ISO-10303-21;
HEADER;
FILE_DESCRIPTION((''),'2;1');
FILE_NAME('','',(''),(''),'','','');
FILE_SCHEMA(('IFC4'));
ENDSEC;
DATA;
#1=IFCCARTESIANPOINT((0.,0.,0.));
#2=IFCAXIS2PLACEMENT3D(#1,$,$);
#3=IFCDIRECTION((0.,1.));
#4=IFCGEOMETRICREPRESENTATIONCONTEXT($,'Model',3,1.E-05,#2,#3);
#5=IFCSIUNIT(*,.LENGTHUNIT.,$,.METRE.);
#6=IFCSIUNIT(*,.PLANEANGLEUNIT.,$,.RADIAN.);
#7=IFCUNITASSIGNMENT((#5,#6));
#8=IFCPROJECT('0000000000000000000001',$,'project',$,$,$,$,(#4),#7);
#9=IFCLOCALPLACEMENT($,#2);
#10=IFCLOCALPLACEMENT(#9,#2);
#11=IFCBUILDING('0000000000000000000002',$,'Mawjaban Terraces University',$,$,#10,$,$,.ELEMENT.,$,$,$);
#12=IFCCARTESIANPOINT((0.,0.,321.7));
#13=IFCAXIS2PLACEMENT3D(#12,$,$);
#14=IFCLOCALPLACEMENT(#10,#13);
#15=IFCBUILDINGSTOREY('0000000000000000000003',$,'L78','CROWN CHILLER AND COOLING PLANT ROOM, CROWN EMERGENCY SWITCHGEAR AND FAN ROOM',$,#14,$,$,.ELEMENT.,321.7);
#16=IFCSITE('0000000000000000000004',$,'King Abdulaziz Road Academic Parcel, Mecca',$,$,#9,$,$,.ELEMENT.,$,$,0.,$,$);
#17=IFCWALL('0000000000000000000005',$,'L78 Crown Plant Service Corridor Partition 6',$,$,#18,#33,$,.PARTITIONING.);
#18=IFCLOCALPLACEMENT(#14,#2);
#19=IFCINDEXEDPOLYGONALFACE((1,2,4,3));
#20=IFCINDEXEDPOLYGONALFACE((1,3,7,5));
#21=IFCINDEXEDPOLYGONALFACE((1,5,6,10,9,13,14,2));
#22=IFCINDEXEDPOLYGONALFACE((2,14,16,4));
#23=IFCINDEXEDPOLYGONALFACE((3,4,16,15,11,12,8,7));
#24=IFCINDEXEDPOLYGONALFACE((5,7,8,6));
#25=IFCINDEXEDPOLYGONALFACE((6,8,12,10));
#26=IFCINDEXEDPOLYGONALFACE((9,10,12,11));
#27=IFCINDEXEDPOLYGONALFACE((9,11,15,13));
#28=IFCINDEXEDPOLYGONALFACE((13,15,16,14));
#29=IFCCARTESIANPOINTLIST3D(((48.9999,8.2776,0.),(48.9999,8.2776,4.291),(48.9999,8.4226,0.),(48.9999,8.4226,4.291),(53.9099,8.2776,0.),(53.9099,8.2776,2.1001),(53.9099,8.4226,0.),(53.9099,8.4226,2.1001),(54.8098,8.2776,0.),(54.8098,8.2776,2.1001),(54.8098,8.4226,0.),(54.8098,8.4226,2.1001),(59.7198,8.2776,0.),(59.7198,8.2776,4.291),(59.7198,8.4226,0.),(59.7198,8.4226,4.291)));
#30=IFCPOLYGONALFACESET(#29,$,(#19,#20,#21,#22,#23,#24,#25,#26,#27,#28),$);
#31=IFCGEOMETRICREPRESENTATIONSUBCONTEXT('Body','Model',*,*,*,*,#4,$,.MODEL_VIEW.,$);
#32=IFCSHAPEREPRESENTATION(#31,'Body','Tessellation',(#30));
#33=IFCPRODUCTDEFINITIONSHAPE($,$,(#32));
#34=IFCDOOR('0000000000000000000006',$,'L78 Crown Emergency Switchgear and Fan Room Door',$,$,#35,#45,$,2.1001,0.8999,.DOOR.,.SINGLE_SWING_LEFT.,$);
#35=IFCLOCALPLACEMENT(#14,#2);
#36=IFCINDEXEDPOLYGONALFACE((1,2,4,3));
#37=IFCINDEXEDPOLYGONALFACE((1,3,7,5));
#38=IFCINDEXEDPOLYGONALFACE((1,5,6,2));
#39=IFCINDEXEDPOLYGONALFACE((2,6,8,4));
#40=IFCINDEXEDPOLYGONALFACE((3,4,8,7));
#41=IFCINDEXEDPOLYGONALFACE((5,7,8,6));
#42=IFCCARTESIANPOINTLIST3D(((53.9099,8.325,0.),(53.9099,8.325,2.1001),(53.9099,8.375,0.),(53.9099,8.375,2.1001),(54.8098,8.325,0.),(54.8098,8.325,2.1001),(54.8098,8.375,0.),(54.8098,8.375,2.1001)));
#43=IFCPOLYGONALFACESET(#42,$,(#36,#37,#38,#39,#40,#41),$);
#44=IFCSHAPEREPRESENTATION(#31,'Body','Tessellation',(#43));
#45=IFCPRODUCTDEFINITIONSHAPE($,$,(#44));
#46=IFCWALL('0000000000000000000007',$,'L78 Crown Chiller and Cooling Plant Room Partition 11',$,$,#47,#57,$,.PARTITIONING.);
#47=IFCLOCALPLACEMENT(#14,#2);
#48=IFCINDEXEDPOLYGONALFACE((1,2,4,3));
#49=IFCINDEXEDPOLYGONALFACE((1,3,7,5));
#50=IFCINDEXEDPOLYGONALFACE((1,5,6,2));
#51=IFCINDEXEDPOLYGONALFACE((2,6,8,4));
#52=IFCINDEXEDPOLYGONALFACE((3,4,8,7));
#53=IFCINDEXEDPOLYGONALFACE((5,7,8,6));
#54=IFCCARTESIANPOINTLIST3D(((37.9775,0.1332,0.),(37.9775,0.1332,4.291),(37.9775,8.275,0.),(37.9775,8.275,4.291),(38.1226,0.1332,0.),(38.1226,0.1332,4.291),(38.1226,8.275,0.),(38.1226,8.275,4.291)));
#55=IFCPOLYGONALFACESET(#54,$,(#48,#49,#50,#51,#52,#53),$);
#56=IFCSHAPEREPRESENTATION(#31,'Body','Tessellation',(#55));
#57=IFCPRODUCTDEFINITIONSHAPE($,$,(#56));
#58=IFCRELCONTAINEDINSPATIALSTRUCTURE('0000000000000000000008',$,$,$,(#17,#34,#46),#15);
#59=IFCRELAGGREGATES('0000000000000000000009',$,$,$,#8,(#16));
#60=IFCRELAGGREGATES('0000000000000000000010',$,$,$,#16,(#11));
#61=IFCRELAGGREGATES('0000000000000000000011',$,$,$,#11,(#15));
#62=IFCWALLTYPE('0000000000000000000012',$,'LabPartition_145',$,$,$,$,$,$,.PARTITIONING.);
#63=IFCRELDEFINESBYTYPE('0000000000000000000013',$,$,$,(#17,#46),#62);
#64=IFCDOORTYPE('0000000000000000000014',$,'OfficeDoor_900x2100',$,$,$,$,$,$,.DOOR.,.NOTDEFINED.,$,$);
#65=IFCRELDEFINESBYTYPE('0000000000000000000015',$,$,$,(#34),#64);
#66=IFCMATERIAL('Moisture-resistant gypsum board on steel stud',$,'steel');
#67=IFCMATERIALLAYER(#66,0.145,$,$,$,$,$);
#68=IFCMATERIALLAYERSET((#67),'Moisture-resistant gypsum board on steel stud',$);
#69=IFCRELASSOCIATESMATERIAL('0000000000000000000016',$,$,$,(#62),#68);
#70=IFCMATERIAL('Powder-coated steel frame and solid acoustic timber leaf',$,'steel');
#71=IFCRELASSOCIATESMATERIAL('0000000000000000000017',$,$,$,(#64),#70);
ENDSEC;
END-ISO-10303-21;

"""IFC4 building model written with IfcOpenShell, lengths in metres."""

from ifc_helpers import new_model, si_unit, direction, frame, frame_2d, origin, place, context, subcontext, project, spatial, rectangle, extrude, material, layer, layer_set, type_object, element, fill, save


model = new_model("IFC4")

# Units and contexts
model_context = context("Model", 3, precision=1e-05, world=origin(), true_north=direction((0.0, 1.0)))
body_context = subcontext(model_context, "Body", "Model", "MODEL_VIEW")
ifc_project = project(units=[si_unit("LENGTHUNIT", "METRE"), si_unit("PLANEANGLEUNIT", "RADIAN")], contexts=[model_context])

# Site, building, storey
site_placement = place(None, origin())
site = spatial("IfcSite", under=ifc_project, at=site_placement, Name="King Abdulaziz Road Academic Parcel, Mecca", CompositionType="ELEMENT", RefElevation=0.0)
building_placement = place(site_placement, origin())
building = spatial("IfcBuilding", under=site, at=building_placement, Name="Mawjaban Terraces University", CompositionType="ELEMENT")
storey_placement = place(building_placement, frame((0.0, 0.0, 321.7)))
storey = spatial("IfcBuildingStorey", under=building, at=storey_placement, Name="L78", Description="CROWN CHILLER AND COOLING PLANT ROOM, CROWN EMERGENCY SWITCHGEAR AND FAN ROOM", CompositionType="ELEMENT", Elevation=321.7)

# Wall, opening, door
ifc_material_1 = material(Name="Moisture-resistant gypsum board on steel stud", Category="steel")
ifc_layer_1 = layer(ifc_material_1, 0.145)
ifc_layer_set_1 = layer_set([ifc_layer_1], Name="Moisture-resistant gypsum board on steel stud")
wall_type_1 = type_object("IfcWallType", Name="LabPartition_145", PredefinedType="PARTITIONING", material=ifc_layer_set_1)
ifc_material_2 = material(Name="Powder-coated steel frame and solid acoustic timber leaf", Category="steel")
door_type = type_object("IfcDoorType", Name="OfficeDoor_900x2100", OperationType="NOTDEFINED", PredefinedType="DOOR", material=ifc_material_2)
wall_1_placement = place(storey_placement, frame((49.0, 8.3501, 0.0), z_axis=(0.0, 0.0, 1.0), x_axis=(1.0, 0.0, 0.0)))
wall_1 = element("IfcWall", 1, at=wall_1_placement, inside=storey, type_object=wall_type_1, Name="L78 Crown Plant Service Corridor Partition 6", PredefinedType="PARTITIONING", context=body_context, shape_type="SweptSolid", body=[
    extrude(rectangle(XDim=10.72, YDim=0.145, at=frame_2d((5.3599, 0.0))), origin(), (0.0, 0.0, 1.0), 4.291),
])
opening_1_placement = place(wall_1_placement, frame((4.9099, 0.0, 0.0)))
opening_1 = element("IfcOpeningElement", 2, at=opening_1_placement, cuts=wall_1, PredefinedType="OPENING", context=body_context, shape_type="SweptSolid", body=[
    extrude(rectangle(XDim=0.8999, YDim=2.1001, at=frame_2d((0.45, 1.05))), frame((0.0, 0.0825, 0.0), z_axis=(0.0, -1.0, 0.0), x_axis=(1.0, 0.0, 0.0)), (0.0, 0.0, 1.0), 0.165),
])
door_1_placement = place(opening_1_placement, origin())
door_1 = element("IfcDoor", 3, at=door_1_placement, inside=storey, type_object=door_type, Name="L78 Crown Emergency Switchgear and Fan Room Door", OperationType="SINGLE_SWING_LEFT", OverallHeight=2.1001, OverallWidth=0.8999, PredefinedType="DOOR", context=body_context, shape_type="SweptSolid", body=[
    extrude(rectangle(XDim=0.8999, YDim=2.1001, at=frame_2d((0.45, 1.05))), frame((0.0, 0.0249, 0.0), z_axis=(0.0, -1.0, 0.0), x_axis=(1.0, 0.0, 0.0)), (0.0, 0.0, 1.0), 0.05),
])
fill(opening_1, door_1)

# Wall
wall_2_placement = place(storey_placement, frame((38.05, 8.2749, 0.0), z_axis=(0.0, 0.0, 1.0), x_axis=(0.0, -1.0, 0.0)))
element("IfcWall", 4, at=wall_2_placement, inside=storey, type_object=wall_type_1, Name="L78 Crown Chiller and Cooling Plant Room Partition 11", PredefinedType="PARTITIONING", context=body_context, shape_type="SweptSolid", body=[
    extrude(rectangle(XDim=8.1418, YDim=0.145, at=frame_2d((4.0708, 0.0))), origin(), (0.0, 0.0, 1.0), 4.291),
])

save(model, "model.ifc")
